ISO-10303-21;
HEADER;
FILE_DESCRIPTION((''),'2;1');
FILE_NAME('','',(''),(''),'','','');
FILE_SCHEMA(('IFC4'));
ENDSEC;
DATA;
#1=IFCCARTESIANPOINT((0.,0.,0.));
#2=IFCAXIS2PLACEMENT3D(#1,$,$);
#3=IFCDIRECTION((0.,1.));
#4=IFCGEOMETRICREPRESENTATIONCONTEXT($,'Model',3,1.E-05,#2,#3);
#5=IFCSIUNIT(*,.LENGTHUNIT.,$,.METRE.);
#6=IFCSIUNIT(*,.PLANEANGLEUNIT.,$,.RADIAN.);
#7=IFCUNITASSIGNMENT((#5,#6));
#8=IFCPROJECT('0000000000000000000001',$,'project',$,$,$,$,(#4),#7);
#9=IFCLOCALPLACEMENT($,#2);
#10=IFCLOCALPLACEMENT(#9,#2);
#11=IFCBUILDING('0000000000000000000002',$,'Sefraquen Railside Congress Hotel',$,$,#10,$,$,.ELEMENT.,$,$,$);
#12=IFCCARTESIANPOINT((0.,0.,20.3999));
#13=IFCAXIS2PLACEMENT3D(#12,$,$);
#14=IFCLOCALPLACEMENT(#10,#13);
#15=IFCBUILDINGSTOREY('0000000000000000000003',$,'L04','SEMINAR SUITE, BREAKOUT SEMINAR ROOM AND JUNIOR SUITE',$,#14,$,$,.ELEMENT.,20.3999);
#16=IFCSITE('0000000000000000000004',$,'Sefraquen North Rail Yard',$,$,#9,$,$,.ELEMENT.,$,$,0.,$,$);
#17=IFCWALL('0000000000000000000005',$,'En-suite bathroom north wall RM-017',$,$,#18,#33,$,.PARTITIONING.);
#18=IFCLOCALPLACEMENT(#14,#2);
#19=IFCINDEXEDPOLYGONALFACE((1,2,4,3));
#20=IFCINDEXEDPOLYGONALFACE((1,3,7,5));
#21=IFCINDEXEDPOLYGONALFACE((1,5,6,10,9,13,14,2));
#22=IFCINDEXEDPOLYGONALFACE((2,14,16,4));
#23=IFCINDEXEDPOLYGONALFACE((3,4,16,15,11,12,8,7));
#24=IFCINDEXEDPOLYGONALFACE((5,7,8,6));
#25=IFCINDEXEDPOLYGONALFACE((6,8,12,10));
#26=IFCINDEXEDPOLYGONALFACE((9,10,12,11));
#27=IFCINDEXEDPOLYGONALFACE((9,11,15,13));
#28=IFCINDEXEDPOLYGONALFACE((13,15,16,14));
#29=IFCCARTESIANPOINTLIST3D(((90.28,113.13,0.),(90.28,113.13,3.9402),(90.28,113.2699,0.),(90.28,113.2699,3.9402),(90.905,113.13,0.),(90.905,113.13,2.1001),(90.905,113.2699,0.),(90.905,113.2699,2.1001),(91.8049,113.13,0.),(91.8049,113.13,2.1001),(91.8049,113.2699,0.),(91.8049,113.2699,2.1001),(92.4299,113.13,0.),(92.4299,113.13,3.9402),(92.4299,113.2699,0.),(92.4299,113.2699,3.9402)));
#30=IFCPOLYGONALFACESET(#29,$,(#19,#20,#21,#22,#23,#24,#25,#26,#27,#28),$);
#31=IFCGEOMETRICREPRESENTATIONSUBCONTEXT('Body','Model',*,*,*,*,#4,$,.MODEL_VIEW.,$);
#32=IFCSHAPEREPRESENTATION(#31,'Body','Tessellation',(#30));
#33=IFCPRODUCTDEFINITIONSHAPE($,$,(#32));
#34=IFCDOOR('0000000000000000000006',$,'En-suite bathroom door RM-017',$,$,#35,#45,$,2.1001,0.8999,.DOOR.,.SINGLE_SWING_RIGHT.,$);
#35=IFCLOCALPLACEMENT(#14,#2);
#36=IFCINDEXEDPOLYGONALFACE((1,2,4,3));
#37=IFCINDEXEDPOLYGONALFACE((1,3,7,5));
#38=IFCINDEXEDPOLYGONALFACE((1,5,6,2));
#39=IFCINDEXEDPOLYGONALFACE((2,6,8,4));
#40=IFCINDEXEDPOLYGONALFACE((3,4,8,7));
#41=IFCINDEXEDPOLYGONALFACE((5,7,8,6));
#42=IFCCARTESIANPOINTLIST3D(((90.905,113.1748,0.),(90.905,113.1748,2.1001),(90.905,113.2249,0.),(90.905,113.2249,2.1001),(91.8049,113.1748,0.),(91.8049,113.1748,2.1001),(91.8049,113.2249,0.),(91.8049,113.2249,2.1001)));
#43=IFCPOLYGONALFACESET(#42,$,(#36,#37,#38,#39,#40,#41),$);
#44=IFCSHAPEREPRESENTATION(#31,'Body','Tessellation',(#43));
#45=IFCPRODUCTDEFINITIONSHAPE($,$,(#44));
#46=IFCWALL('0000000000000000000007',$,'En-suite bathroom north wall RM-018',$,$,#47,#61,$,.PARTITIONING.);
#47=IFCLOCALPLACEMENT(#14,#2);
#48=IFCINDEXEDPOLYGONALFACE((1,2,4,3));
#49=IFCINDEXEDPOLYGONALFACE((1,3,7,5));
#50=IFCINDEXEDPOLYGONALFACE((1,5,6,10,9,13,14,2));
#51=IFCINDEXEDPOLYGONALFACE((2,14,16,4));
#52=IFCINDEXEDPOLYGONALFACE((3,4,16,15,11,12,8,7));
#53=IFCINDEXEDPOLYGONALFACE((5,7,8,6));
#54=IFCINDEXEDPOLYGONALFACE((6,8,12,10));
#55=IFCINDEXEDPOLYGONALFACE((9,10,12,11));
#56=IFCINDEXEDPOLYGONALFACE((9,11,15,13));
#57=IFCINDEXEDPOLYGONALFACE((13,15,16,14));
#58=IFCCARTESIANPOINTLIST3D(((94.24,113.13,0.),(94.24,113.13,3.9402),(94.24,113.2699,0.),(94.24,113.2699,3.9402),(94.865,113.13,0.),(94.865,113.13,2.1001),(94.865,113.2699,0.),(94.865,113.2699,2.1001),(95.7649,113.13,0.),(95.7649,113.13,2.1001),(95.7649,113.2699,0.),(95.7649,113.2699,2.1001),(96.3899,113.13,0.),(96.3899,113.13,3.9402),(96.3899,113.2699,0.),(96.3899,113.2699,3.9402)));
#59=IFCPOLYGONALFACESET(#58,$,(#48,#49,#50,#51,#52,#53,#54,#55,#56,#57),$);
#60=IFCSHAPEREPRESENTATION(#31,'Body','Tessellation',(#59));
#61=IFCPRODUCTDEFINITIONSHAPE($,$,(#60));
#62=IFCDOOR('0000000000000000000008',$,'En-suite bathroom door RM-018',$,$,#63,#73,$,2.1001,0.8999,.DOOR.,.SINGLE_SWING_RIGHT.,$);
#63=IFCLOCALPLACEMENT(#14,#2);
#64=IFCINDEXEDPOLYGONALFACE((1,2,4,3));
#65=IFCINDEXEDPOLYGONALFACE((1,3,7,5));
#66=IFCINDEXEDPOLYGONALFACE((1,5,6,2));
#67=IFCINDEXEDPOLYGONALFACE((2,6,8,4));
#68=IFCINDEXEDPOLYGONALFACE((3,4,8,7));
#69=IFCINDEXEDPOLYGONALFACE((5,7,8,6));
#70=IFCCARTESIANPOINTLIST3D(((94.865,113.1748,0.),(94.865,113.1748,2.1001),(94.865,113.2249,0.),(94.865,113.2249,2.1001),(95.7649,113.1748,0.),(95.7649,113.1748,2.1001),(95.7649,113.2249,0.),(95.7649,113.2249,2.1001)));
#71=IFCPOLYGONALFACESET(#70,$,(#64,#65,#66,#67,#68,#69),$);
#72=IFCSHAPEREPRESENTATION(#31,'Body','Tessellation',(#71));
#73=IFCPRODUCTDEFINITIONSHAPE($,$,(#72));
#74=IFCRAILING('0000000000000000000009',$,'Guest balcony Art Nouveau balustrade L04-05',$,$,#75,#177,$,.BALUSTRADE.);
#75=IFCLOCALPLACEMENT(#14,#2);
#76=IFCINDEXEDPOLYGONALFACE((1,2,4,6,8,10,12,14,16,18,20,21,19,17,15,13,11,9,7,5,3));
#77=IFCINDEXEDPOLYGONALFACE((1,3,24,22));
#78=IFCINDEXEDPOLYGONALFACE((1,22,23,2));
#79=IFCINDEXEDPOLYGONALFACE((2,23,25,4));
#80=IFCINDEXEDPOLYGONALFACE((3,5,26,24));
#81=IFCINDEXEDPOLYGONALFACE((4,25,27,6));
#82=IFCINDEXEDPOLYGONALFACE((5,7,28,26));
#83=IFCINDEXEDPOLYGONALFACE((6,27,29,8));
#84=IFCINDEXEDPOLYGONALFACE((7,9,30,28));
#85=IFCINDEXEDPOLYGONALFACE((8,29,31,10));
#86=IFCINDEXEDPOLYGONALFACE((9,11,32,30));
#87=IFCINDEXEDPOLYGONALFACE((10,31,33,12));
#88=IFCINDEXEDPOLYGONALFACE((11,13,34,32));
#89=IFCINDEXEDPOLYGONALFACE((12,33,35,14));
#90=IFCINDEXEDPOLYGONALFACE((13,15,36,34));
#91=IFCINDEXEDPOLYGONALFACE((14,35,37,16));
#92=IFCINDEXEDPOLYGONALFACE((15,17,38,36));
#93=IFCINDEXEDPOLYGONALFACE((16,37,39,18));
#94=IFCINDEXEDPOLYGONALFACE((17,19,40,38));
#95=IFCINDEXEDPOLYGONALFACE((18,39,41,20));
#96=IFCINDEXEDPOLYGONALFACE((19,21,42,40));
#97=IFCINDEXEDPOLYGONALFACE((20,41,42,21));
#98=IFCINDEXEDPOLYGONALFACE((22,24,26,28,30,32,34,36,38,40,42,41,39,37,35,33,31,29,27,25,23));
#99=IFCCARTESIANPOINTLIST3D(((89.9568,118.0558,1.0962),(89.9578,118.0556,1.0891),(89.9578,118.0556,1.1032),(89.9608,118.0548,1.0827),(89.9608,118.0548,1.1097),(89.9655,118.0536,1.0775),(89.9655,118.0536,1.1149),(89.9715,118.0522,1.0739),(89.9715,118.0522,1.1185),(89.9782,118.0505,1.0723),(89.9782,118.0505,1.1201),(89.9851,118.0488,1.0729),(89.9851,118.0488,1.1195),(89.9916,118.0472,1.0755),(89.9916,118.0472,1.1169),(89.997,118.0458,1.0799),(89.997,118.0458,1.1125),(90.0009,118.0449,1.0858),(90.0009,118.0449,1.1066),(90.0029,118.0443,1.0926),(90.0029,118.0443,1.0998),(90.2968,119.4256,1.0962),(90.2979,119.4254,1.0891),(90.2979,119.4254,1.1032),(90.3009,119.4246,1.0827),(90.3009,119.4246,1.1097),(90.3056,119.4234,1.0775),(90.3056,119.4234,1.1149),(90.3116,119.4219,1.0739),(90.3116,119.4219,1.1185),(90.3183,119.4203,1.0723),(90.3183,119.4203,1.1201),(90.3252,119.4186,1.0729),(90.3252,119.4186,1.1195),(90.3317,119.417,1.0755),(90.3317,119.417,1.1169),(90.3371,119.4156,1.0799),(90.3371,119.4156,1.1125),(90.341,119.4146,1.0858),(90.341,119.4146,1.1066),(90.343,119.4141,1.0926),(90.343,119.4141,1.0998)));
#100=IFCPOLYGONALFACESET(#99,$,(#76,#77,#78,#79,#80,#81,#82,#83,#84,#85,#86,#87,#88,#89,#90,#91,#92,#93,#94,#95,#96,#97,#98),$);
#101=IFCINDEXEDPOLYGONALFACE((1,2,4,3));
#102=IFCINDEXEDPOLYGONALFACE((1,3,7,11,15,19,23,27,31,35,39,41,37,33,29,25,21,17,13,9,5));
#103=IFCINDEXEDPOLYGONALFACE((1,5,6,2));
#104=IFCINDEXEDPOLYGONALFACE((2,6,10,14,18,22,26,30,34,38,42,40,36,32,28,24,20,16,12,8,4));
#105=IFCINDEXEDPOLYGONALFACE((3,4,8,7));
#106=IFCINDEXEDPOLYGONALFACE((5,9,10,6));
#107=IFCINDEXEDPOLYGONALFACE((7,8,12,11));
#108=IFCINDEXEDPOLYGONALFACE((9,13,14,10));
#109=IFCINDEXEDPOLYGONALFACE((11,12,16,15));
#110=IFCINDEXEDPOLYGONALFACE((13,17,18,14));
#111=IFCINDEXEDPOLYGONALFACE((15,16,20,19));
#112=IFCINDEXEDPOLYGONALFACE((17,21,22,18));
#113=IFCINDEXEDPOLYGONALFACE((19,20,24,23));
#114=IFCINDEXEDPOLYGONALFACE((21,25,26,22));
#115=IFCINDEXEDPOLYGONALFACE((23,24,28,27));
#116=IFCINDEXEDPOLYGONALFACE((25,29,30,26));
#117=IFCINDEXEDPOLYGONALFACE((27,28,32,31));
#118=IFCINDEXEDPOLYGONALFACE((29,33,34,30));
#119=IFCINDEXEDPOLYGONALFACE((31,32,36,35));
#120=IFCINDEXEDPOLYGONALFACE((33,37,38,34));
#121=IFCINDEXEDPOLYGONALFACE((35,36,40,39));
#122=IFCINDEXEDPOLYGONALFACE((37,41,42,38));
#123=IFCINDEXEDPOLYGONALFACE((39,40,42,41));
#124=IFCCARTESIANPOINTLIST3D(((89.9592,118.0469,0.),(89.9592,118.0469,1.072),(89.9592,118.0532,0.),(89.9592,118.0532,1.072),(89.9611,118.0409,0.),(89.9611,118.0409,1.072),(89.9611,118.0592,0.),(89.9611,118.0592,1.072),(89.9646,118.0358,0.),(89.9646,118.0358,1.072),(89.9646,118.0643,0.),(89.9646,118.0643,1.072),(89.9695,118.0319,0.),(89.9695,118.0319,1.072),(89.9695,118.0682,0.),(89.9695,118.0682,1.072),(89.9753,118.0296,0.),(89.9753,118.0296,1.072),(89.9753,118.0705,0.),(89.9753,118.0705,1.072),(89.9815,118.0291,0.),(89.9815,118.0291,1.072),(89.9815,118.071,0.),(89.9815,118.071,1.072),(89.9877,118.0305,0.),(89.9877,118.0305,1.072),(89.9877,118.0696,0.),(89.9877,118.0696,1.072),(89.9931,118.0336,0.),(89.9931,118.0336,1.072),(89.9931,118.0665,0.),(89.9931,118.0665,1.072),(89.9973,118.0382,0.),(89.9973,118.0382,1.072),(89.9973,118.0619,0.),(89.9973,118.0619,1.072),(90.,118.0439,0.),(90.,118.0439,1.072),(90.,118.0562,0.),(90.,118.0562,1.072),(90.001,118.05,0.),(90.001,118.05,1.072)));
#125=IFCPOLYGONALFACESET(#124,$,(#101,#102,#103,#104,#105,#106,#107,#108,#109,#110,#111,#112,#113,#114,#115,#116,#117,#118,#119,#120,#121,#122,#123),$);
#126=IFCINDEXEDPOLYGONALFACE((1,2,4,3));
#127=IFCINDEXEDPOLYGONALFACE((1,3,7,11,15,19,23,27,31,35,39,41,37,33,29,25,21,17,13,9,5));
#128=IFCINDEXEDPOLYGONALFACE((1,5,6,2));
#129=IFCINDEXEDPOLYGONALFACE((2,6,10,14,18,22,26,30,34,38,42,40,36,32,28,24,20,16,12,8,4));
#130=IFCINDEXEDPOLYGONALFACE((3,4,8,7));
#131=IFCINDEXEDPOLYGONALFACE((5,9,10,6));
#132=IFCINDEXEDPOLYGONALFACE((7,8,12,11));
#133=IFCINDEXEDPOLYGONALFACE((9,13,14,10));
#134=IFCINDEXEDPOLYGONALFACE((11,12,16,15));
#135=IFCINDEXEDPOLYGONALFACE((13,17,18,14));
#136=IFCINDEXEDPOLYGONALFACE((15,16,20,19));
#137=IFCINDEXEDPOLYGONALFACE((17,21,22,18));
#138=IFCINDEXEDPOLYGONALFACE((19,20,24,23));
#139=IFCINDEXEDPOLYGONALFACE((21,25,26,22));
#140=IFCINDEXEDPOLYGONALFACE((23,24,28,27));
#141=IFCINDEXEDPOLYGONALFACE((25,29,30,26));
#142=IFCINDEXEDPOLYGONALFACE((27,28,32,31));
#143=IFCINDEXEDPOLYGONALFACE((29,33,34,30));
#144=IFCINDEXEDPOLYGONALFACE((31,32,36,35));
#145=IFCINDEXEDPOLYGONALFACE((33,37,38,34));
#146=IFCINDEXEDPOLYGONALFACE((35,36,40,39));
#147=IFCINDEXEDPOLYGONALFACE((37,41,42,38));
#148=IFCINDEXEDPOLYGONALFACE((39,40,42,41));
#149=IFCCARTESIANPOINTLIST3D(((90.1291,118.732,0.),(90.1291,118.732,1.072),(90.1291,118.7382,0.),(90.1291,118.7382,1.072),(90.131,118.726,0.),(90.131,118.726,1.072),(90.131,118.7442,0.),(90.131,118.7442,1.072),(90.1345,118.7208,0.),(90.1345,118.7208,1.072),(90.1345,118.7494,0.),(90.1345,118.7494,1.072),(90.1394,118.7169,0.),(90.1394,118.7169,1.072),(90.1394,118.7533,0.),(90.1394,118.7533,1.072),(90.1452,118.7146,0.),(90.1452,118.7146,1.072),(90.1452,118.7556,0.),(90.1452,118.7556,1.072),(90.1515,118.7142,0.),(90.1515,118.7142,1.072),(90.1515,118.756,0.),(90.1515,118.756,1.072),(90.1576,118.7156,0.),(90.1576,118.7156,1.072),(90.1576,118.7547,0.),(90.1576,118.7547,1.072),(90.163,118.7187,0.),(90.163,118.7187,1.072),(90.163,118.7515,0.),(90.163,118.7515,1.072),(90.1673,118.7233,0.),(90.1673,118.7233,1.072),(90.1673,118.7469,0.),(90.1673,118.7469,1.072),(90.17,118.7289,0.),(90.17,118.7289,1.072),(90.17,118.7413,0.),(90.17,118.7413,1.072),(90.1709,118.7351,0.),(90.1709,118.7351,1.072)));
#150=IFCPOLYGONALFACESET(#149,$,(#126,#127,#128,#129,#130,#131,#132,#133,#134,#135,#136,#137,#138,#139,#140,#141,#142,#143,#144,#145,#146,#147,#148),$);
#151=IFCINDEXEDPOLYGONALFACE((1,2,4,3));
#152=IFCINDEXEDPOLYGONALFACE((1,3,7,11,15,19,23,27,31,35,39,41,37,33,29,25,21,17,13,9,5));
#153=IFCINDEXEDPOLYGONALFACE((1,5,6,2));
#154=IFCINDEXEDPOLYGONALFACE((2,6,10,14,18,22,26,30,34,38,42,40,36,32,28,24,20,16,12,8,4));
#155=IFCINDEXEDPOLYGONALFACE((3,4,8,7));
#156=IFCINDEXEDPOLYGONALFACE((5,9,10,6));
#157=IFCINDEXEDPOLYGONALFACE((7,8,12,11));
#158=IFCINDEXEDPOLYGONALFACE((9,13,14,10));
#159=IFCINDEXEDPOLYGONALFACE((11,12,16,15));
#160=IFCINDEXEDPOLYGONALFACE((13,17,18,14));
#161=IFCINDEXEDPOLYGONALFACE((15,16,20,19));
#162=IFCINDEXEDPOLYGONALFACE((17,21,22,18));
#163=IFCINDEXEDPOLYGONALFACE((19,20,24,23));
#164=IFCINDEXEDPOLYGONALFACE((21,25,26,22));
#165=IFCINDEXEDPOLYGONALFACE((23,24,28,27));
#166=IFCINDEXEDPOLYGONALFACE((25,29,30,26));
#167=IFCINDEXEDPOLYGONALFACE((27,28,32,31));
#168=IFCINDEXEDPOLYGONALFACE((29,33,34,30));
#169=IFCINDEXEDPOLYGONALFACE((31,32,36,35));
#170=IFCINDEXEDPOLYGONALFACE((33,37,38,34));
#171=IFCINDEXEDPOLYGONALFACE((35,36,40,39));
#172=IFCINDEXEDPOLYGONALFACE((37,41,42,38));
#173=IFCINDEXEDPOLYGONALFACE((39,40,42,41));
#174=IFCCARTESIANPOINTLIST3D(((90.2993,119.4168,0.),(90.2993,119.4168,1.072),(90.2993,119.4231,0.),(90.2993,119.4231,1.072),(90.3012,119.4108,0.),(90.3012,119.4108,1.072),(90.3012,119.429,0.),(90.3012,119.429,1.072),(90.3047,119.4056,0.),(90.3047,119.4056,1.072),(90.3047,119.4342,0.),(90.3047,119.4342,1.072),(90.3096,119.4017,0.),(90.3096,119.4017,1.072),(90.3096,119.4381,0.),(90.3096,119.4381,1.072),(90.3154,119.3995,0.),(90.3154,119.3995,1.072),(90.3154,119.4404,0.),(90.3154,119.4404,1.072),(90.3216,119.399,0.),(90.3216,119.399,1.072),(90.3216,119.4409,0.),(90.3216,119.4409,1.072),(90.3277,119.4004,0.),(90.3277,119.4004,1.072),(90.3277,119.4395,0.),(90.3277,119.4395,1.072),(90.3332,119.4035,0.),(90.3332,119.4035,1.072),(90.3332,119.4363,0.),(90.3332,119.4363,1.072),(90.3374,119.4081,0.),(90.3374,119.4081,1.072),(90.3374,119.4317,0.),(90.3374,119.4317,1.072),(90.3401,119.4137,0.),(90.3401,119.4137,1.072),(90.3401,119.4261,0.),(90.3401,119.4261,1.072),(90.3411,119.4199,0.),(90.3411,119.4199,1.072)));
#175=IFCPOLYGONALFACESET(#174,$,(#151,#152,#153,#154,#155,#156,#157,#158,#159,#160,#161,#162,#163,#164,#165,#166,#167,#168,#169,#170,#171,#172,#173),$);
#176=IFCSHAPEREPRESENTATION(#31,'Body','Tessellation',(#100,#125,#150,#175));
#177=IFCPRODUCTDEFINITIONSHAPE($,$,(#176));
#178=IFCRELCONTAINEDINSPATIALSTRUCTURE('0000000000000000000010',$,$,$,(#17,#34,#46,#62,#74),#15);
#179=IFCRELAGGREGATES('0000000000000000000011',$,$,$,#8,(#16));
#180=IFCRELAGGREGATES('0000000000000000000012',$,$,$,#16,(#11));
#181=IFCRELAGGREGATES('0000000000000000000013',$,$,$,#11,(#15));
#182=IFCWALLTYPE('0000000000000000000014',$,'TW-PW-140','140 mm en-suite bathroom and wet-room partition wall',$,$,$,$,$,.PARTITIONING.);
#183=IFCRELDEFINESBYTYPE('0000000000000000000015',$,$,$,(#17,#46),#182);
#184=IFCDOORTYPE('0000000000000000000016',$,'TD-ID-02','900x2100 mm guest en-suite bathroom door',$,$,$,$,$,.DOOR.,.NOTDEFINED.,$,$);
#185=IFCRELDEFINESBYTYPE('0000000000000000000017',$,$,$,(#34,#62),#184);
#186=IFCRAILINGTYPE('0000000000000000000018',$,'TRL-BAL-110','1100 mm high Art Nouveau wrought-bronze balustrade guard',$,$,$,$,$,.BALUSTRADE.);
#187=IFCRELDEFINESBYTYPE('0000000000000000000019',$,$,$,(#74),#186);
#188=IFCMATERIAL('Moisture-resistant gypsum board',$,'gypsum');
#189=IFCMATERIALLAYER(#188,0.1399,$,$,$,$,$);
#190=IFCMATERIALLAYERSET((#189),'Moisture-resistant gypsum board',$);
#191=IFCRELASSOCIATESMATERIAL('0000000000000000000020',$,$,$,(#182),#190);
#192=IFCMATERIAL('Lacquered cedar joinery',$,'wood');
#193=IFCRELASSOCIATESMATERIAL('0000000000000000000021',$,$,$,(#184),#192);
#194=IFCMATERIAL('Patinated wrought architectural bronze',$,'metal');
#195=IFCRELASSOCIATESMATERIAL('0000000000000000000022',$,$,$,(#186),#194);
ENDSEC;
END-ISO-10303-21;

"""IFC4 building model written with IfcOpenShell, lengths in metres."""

from ifc_helpers import new_model, si_unit, direction, frame, frame_2d, origin, origin_2d, place, context, subcontext, project, spatial, rectangle, circle, extrude, material, layer, layer_set, type_object, element, fill, save


model = new_model("IFC4")

# Units and contexts
model_context = context("Model", 3, precision=1e-05, world=origin(), true_north=direction((0.0, 1.0)))
body_context = subcontext(model_context, "Body", "Model", "MODEL_VIEW")
ifc_project = project(units=[si_unit("LENGTHUNIT", "METRE"), si_unit("PLANEANGLEUNIT", "RADIAN")], contexts=[model_context])

# Site, building, storey
site_placement = place(None, origin())
site = spatial("IfcSite", under=ifc_project, at=site_placement, Name="Sefraquen North Rail Yard", CompositionType="ELEMENT", RefElevation=0.0)
building_placement = place(site_placement, origin())
building = spatial("IfcBuilding", under=site, at=building_placement, Name="Sefraquen Railside Congress Hotel", CompositionType="ELEMENT")
storey_placement = place(building_placement, frame((0.0, 0.0, 20.3999)))
storey = spatial("IfcBuildingStorey", under=building, at=storey_placement, Name="L04", Description="SEMINAR SUITE, BREAKOUT SEMINAR ROOM AND JUNIOR SUITE", CompositionType="ELEMENT", Elevation=20.3999)

# Walls, openings, doors
ifc_material_1 = material(Name="Moisture-resistant gypsum board", Category="gypsum")
ifc_layer_1 = layer(ifc_material_1, 0.1399)
ifc_layer_set_1 = layer_set([ifc_layer_1], Name="Moisture-resistant gypsum board")
wall_type = type_object("IfcWallType", Name="TW-PW-140", Description="140 mm en-suite bathroom and wet-room partition wall", PredefinedType="PARTITIONING", material=ifc_layer_set_1)
ifc_material_2 = material(Name="Lacquered cedar joinery", Category="wood")
door_type = type_object("IfcDoorType", Name="TD-ID-02", Description="900x2100 mm guest en-suite bathroom door", OperationType="NOTDEFINED", PredefinedType="DOOR", material=ifc_material_2)
wall_1_placement = place(storey_placement, frame((90.28, 113.2, 0.0), z_axis=(0.0, 0.0, 1.0), x_axis=(1.0, 0.0, 0.0)))
wall_1 = element("IfcWall", 1, at=wall_1_placement, inside=storey, type_object=wall_type, Name="En-suite bathroom north wall RM-017", PredefinedType="PARTITIONING", context=body_context, shape_type="SweptSolid", body=[
    extrude(rectangle(XDim=2.1499, YDim=0.1399, at=frame_2d((1.075, 0.0))), origin(), (0.0, 0.0, 1.0), 3.9402),
])
opening_1_placement = place(wall_1_placement, frame((0.625, 0.0, 0.0)))
opening_1 = element("IfcOpeningElement", 2, at=opening_1_placement, cuts=wall_1, PredefinedType="OPENING", context=body_context, shape_type="SweptSolid", body=[
    extrude(rectangle(XDim=0.8999, YDim=2.1001, at=frame_2d((0.45, 1.05))), frame((0.0, 0.0798, 0.0), z_axis=(0.0, -1.0, 0.0), x_axis=(1.0, 0.0, 0.0)), (0.0, 0.0, 1.0), 0.1599),
])
door_1_placement = place(opening_1_placement, origin())
door_1 = element("IfcDoor", 3, at=door_1_placement, inside=storey, type_object=door_type, Name="En-suite bathroom door RM-017", OperationType="SINGLE_SWING_RIGHT", OverallHeight=2.1001, OverallWidth=0.8999, PredefinedType="DOOR", context=body_context, shape_type="SweptSolid", body=[
    extrude(rectangle(XDim=0.8999, YDim=2.1001, at=frame_2d((0.45, 1.05))), frame((0.0, 0.0249, 0.0), z_axis=(0.0, -1.0, 0.0), x_axis=(1.0, 0.0, 0.0)), (0.0, 0.0, 1.0), 0.05),
])
fill(opening_1, door_1)
wall_2_placement = place(storey_placement, frame((94.24, 113.2, 0.0), z_axis=(0.0, 0.0, 1.0), x_axis=(1.0, 0.0, 0.0)))
wall_2 = element("IfcWall", 4, at=wall_2_placement, inside=storey, type_object=wall_type, Name="En-suite bathroom north wall RM-018", PredefinedType="PARTITIONING", context=body_context, shape_type="SweptSolid", body=[
    extrude(rectangle(XDim=2.1499, YDim=0.1399, at=frame_2d((1.075, 0.0))), origin(), (0.0, 0.0, 1.0), 3.9402),
])
opening_2_placement = place(wall_2_placement, frame((0.625, 0.0, 0.0)))
opening_2 = element("IfcOpeningElement", 5, at=opening_2_placement, cuts=wall_2, PredefinedType="OPENING", context=body_context, shape_type="SweptSolid", body=[
    extrude(rectangle(XDim=0.8999, YDim=2.1001, at=frame_2d((0.45, 1.05))), frame((0.0, 0.0798, 0.0), z_axis=(0.0, -1.0, 0.0), x_axis=(1.0, 0.0, 0.0)), (0.0, 0.0, 1.0), 0.1599),
])
door_2_placement = place(opening_2_placement, origin())
door_2 = element("IfcDoor", 6, at=door_2_placement, inside=storey, type_object=door_type, Name="En-suite bathroom door RM-018", OperationType="SINGLE_SWING_RIGHT", OverallHeight=2.1001, OverallWidth=0.8999, PredefinedType="DOOR", context=body_context, shape_type="SweptSolid", body=[
    extrude(rectangle(XDim=0.8999, YDim=2.1001, at=frame_2d((0.45, 1.05))), frame((0.0, 0.0249, 0.0), z_axis=(0.0, -1.0, 0.0), x_axis=(1.0, 0.0, 0.0)), (0.0, 0.0, 1.0), 0.05),
])
fill(opening_2, door_2)

# Railing
ifc_material_3 = material(Name="Patinated wrought architectural bronze", Category="metal")
railing_type = type_object("IfcRailingType", Name="TRL-BAL-110", Description="1100 mm high Art Nouveau wrought-bronze balustrade guard", PredefinedType="BALUSTRADE", material=ifc_material_3)
railing_1_placement = place(storey_placement, frame((89.98, 118.05, 0.0)))
element("IfcRailing", 7, at=railing_1_placement, inside=storey, type_object=railing_type, Name="Guest balcony Art Nouveau balustrade L04-05", PredefinedType="BALUSTRADE", context=body_context, shape_type="SweptSolid", body=[
    extrude(circle(Radius=0.0239, at=origin_2d()), frame((0.0, 0.0, 1.0962), z_axis=(0.240948, 0.970538, 0.0), x_axis=(-0.970538, 0.240948, 0.0)), (0.0, 0.0, 1.0), 1.4114),
    extrude(circle(Radius=0.021, at=origin_2d()), origin(), (0.0, 0.0, 1.0), 1.072),
    extrude(circle(Radius=0.021, at=origin_2d()), frame((0.1699, 0.6851, 0.0)), (0.0, 0.0, 1.0), 1.072),
    extrude(circle(Radius=0.021, at=origin_2d()), frame((0.3401, 1.3699, 0.0)), (0.0, 0.0, 1.0), 1.072),
])

save(model, "model.ifc")
